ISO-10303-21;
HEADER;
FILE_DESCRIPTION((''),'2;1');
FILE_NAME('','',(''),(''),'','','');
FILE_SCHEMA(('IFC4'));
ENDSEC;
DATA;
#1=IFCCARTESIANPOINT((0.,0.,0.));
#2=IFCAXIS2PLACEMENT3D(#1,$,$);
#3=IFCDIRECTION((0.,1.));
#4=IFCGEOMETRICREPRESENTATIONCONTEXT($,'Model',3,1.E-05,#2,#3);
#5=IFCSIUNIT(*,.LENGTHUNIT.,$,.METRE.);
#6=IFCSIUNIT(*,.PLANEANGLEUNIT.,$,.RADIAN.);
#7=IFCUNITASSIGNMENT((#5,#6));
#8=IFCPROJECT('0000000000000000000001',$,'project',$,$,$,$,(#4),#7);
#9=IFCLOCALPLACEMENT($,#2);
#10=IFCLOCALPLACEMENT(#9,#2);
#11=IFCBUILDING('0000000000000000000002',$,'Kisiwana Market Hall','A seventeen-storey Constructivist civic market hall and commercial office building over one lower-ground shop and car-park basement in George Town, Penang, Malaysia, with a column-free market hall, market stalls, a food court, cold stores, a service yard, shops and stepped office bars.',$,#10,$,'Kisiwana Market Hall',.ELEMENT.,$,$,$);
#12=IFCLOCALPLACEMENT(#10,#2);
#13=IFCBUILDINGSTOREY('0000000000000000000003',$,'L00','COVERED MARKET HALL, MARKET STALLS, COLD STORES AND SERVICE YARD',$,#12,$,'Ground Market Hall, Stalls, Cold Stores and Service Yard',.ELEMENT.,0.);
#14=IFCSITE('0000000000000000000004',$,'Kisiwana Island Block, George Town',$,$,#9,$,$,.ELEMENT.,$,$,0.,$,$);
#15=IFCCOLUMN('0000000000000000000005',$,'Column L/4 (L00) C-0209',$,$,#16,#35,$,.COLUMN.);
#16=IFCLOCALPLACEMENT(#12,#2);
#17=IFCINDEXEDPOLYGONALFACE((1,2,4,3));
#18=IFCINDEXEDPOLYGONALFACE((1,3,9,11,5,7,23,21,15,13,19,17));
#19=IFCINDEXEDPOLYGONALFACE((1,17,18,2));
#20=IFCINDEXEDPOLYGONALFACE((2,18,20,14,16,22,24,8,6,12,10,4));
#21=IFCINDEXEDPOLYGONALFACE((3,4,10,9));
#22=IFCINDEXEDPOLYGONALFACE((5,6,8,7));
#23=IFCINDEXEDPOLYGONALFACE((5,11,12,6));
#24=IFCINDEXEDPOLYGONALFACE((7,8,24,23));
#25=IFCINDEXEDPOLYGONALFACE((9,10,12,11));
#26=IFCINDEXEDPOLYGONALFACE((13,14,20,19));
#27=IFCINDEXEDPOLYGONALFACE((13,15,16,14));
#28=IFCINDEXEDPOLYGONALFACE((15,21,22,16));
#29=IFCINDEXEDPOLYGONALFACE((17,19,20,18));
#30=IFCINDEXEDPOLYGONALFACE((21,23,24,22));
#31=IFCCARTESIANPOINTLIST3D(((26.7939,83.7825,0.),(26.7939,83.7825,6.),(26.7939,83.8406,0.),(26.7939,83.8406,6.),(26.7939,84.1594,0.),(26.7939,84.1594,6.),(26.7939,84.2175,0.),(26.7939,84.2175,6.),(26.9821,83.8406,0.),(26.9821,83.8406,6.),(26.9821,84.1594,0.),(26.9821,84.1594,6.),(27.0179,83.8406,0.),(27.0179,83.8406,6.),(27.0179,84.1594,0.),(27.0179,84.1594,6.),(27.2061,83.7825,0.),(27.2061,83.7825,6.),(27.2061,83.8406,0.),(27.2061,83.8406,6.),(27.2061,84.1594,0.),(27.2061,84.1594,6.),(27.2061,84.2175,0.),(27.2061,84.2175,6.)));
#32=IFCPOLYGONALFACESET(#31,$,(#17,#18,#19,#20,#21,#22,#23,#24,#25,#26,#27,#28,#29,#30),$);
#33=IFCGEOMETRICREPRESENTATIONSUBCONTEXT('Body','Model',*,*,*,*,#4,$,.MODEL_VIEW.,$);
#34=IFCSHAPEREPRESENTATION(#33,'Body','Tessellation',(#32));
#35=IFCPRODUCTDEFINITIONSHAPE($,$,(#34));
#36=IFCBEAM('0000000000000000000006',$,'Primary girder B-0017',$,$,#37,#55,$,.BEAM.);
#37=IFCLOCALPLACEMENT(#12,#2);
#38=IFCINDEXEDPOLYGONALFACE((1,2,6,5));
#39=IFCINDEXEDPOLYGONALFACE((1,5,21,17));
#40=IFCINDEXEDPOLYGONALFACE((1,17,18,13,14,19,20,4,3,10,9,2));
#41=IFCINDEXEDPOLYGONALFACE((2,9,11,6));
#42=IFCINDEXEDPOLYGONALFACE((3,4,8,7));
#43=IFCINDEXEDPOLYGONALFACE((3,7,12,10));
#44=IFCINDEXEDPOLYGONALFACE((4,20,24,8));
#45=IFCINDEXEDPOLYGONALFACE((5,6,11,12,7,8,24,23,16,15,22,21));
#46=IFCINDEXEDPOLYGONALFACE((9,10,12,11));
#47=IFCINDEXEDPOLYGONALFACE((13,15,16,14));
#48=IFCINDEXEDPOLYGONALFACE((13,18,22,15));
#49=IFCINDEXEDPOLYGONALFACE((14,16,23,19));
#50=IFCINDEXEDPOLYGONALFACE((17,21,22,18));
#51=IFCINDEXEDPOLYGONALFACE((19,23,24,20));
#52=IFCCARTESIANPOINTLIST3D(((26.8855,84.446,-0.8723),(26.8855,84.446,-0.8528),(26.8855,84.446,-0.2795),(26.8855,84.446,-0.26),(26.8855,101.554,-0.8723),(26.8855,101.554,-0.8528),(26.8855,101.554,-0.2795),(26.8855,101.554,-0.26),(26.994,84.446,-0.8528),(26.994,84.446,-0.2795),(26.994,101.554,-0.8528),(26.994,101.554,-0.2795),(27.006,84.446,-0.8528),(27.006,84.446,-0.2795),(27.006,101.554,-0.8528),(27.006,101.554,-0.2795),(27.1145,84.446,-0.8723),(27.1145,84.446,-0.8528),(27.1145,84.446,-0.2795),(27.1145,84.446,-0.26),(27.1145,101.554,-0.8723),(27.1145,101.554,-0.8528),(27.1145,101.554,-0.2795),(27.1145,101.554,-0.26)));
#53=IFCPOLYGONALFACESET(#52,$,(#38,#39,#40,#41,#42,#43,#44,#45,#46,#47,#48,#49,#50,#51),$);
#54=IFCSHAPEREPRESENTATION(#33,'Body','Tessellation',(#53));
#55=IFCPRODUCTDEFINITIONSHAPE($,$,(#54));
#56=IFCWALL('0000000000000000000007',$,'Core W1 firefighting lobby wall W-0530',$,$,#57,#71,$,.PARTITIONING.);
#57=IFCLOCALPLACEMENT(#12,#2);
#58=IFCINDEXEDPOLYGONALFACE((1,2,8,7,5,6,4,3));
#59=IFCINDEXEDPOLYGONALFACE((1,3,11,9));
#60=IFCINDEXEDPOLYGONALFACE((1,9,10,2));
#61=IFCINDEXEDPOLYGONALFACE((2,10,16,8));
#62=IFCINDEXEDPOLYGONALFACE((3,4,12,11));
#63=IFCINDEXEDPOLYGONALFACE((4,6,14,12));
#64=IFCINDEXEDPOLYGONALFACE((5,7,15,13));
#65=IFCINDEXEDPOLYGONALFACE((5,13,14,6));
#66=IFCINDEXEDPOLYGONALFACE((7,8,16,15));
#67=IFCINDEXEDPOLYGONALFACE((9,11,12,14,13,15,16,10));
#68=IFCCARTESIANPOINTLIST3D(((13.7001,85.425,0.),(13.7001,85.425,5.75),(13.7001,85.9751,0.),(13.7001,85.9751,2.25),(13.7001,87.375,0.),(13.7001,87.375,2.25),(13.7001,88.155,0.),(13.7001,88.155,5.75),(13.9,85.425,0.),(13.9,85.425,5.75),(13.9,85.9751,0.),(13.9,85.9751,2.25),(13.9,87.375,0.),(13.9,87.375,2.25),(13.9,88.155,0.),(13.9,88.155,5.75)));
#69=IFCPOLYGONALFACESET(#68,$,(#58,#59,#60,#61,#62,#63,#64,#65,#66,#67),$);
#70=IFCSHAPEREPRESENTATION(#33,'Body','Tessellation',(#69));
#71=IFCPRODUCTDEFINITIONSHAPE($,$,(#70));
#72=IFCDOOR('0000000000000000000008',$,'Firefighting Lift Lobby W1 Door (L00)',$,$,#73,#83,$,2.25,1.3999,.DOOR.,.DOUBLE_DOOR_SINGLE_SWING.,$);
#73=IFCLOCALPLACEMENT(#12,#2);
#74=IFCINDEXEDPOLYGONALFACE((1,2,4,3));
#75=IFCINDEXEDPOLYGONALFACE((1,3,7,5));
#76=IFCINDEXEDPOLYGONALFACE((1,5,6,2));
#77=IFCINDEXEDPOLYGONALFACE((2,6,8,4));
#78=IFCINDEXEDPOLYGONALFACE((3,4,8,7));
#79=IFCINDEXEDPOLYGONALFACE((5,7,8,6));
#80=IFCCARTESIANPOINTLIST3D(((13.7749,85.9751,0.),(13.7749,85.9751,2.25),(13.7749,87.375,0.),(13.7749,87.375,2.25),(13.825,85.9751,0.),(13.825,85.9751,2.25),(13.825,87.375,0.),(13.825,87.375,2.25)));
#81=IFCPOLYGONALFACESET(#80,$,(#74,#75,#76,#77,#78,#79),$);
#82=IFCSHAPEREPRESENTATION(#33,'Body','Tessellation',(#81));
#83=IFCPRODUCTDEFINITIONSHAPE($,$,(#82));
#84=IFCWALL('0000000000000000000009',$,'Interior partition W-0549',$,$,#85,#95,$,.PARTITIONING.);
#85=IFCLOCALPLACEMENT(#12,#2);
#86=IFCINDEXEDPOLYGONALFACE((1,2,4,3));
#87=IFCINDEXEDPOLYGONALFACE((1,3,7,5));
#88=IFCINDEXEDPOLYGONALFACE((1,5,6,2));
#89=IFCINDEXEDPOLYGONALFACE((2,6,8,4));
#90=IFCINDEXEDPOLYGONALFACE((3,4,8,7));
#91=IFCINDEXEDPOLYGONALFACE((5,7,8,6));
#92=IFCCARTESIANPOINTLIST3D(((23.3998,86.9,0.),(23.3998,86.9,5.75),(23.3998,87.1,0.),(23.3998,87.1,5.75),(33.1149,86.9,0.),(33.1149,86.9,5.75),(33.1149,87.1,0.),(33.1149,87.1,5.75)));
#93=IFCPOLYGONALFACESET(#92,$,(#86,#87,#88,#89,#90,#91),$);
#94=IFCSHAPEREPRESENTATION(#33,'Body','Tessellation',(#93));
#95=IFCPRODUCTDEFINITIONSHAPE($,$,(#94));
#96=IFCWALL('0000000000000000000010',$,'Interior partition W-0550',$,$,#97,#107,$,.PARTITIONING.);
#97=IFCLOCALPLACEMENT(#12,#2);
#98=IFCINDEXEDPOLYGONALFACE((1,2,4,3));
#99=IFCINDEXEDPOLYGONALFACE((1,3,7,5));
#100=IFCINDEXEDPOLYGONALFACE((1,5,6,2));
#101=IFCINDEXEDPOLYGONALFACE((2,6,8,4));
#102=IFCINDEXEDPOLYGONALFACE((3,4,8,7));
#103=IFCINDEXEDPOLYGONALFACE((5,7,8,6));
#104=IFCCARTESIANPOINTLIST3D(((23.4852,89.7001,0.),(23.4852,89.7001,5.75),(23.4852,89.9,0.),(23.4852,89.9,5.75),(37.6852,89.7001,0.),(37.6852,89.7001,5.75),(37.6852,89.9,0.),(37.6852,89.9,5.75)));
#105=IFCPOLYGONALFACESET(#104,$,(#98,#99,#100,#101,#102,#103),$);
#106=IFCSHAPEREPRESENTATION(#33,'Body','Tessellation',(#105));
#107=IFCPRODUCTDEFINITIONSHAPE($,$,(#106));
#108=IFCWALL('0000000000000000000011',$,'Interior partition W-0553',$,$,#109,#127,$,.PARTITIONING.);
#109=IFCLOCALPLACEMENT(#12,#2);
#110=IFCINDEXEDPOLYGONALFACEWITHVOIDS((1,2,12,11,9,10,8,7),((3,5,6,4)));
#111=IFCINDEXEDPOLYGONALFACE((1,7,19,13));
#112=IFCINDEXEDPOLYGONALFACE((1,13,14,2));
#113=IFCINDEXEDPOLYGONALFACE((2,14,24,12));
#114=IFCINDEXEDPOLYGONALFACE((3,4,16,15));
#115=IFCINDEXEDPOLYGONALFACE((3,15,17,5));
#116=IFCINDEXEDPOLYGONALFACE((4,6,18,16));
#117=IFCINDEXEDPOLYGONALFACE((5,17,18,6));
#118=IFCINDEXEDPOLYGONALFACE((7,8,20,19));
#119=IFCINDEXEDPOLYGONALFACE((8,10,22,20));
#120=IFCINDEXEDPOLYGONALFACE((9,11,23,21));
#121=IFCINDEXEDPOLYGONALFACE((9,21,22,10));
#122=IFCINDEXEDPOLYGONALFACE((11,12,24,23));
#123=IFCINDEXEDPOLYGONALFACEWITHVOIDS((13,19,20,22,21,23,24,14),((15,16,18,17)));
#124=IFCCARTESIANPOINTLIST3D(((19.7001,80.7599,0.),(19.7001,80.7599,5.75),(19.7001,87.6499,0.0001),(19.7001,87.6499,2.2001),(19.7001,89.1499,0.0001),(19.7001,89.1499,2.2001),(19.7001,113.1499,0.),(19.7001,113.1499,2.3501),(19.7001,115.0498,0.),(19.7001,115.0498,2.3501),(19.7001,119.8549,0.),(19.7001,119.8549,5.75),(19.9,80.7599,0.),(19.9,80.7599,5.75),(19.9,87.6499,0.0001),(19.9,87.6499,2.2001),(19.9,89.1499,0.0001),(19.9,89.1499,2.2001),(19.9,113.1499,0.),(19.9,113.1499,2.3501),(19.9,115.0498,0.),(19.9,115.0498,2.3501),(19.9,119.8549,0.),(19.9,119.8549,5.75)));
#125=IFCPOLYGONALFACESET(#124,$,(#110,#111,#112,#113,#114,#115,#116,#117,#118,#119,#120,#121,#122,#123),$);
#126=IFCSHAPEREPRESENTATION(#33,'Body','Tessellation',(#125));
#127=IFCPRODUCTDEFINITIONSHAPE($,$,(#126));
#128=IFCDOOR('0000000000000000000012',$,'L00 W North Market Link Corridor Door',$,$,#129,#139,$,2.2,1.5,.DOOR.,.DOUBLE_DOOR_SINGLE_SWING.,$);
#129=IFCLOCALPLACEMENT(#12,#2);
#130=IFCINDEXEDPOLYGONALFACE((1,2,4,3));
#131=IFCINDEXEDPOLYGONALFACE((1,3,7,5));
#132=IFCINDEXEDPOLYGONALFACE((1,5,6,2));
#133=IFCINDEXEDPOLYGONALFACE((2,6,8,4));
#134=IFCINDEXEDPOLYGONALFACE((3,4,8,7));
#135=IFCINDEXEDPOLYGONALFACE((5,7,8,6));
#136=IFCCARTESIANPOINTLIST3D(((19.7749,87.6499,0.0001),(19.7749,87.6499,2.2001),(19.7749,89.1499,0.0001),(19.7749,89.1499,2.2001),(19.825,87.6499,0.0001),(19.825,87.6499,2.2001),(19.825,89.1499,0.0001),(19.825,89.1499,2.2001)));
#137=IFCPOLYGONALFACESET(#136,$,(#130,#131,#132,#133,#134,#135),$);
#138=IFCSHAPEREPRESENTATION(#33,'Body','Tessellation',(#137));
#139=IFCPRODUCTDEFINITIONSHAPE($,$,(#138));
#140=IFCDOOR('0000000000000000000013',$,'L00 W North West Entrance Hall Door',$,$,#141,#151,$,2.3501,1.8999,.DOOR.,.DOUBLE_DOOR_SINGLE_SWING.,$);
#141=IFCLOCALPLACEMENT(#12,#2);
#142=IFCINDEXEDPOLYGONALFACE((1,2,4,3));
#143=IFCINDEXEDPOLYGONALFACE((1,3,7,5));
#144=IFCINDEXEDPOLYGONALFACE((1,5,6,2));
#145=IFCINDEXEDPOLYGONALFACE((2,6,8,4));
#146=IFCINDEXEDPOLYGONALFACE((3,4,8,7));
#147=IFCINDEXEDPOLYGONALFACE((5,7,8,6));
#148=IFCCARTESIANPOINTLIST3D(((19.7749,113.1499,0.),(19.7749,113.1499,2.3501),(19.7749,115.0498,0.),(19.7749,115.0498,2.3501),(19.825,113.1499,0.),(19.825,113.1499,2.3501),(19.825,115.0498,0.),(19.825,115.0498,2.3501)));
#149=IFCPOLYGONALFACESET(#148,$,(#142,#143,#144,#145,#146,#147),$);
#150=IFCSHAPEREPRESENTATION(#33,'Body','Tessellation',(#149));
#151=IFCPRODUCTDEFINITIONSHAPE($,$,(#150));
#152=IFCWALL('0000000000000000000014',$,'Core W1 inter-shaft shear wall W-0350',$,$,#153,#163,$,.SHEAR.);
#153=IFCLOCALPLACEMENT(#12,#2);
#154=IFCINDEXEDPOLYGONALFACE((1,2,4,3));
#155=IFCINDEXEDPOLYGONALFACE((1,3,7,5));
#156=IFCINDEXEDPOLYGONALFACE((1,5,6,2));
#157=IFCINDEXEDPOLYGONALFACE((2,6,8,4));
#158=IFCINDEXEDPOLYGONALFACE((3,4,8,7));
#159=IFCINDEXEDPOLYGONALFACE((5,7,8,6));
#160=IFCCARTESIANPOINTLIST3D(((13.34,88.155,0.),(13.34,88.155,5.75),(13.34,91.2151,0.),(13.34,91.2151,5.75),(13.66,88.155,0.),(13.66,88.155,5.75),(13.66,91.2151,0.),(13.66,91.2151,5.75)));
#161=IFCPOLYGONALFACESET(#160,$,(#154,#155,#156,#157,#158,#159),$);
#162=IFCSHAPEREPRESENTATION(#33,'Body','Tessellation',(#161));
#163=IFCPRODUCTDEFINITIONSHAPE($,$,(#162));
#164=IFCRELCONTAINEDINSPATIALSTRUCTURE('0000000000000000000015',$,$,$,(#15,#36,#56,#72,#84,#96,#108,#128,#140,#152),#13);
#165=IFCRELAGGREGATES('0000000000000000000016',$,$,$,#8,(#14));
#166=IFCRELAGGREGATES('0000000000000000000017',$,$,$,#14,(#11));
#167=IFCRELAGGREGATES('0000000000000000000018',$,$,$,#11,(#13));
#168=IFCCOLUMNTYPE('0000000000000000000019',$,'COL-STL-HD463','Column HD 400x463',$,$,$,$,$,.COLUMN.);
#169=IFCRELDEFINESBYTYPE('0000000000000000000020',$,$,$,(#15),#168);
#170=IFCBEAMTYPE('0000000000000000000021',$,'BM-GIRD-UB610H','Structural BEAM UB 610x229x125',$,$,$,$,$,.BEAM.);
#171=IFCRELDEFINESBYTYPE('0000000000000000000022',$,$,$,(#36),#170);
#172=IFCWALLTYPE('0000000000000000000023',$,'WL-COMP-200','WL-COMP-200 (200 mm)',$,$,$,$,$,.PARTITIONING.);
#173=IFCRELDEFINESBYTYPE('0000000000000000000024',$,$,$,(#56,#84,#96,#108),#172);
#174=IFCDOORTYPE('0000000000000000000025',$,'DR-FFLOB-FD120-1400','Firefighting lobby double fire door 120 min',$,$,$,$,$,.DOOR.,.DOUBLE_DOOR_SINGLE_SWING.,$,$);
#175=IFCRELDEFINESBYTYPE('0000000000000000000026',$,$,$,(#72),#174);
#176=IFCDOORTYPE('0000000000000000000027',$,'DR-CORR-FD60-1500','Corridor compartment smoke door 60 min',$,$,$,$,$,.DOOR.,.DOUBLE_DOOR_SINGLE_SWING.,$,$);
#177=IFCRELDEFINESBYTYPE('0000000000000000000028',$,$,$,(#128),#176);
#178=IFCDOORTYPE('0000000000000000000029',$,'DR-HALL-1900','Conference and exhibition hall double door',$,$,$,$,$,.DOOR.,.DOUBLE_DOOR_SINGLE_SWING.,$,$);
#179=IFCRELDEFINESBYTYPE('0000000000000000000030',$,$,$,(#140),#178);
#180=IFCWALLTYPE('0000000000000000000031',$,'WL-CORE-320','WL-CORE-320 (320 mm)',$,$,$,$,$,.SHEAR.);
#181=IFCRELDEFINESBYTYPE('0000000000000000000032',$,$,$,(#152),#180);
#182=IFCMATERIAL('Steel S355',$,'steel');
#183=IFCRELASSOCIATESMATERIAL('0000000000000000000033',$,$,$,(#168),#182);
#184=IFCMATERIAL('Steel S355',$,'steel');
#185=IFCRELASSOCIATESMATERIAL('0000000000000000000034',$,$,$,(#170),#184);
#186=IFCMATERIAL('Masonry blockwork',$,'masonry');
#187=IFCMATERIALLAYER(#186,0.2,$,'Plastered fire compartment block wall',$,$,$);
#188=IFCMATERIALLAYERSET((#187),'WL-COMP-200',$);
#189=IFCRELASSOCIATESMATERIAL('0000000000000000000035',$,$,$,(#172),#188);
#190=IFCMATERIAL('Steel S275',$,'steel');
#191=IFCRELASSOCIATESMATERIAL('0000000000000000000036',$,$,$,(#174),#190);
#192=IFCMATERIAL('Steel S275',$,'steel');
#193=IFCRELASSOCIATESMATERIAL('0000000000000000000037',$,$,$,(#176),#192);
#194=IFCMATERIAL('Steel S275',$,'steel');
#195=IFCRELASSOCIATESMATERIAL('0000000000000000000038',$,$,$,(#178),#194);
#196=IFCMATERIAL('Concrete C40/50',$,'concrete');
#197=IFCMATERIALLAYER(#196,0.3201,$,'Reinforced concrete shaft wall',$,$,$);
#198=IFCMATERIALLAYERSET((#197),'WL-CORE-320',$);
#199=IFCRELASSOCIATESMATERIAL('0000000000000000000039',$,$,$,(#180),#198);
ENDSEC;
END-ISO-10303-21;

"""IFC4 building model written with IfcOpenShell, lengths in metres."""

from ifc_helpers import new_model, si_unit, direction, frame, frame_2d, origin, origin_2d, place, context, subcontext, project, spatial, rectangle, i_section, extrude, material, layer, layer_set, material_profile, profile_set, type_object, element, fill, save


model = new_model("IFC4")

# Units and contexts
model_context = context("Model", 3, precision=1e-05, world=origin(), true_north=direction((0.0, 1.0)))
body_context = subcontext(model_context, "Body", "Model", "MODEL_VIEW")
ifc_project = project(units=[si_unit("LENGTHUNIT", "METRE"), si_unit("PLANEANGLEUNIT", "RADIAN")], contexts=[model_context])

# Site, building, storey
site_placement = place(None, origin())
site = spatial("IfcSite", under=ifc_project, at=site_placement, Name="Kisiwana Island Block, George Town", CompositionType="ELEMENT", RefElevation=0.0)
building_placement = place(site_placement, origin())
building = spatial("IfcBuilding", under=site, at=building_placement, Name="Kisiwana Market Hall", Description="A seventeen-storey Constructivist civic market hall and commercial office building over one lower-ground shop and car-park basement in George Town, Penang, Malaysia, with a column-free market hall, market stalls, a food court, cold stores, a service yard, shops and stepped office bars.", LongName="Kisiwana Market Hall", CompositionType="ELEMENT")
storey_placement = place(building_placement, origin())
storey = spatial("IfcBuildingStorey", under=building, at=storey_placement, Name="L00", Description="COVERED MARKET HALL, MARKET STALLS, COLD STORES AND SERVICE YARD", LongName="Ground Market Hall, Stalls, Cold Stores and Service Yard", CompositionType="ELEMENT", Elevation=0.0)

# Column
ifc_material_1 = material(Name="Steel S355", Category="steel")
ifc_material_profile_1 = material_profile(ifc_material_1, i_section(OverallWidth=0.4121, OverallDepth=0.4351, WebThickness=0.0359, FlangeThickness=0.0581, at=origin_2d()), Name="HD 400x463")
ifc_profile_set_1 = profile_set([ifc_material_profile_1], Name="Steel S355")
column_type = type_object("IfcColumnType", Name="COL-STL-HD463", Description="Column HD 400x463", PredefinedType="COLUMN", material=ifc_profile_set_1)
column_placement = place(storey_placement, frame((27.0, 84.0, 0.0), z_axis=(0.0, 0.0, 1.0), x_axis=(1.0, 0.0, 0.0)))
element("IfcColumn", 1, at=column_placement, inside=storey, type_object=column_type, Name="Column L/4 (L00) C-0209", PredefinedType="COLUMN", context=body_context, shape_type="SweptSolid", body=[
    extrude(i_section(OverallWidth=0.4121, OverallDepth=0.4351, WebThickness=0.0359, FlangeThickness=0.0581, at=origin_2d()), origin(), (0.0, 0.0, 1.0), 6.0),
])

# Beam
ifc_material_2 = material(Name="Steel S355", Category="steel")
ifc_material_profile_2 = material_profile(ifc_material_2, i_section(OverallWidth=0.229, OverallDepth=0.6123, WebThickness=0.012, FlangeThickness=0.0195, at=origin_2d()), Name="UB 610x229x125")
ifc_profile_set_2 = profile_set([ifc_material_profile_2], Name="Steel S355")
beam_type = type_object("IfcBeamType", Name="BM-GIRD-UB610H", Description="Structural BEAM UB 610x229x125", PredefinedType="BEAM", material=ifc_profile_set_2)
beam_placement = place(storey_placement, frame((27.0, 84.446, -0.5662), z_axis=(0.0, 1.0, 0.0), x_axis=(-1.0, 0.0, 0.0)))
element("IfcBeam", 2, at=beam_placement, inside=storey, type_object=beam_type, Name="Primary girder B-0017", PredefinedType="BEAM", context=body_context, shape_type="SweptSolid", body=[
    extrude(i_section(OverallWidth=0.229, OverallDepth=0.6123, WebThickness=0.012, FlangeThickness=0.0195, at=origin_2d()), origin(), (0.0, 0.0, 1.0), 17.1079),
])

# Wall, opening, door
ifc_material_3 = material(Name="Masonry blockwork", Category="masonry")
ifc_layer_1 = layer(ifc_material_3, 0.2, Name="Plastered fire compartment block wall")
ifc_layer_set_1 = layer_set([ifc_layer_1], Name="WL-COMP-200")
wall_type_1 = type_object("IfcWallType", Name="WL-COMP-200", Description="WL-COMP-200 (200 mm)", PredefinedType="PARTITIONING", material=ifc_layer_set_1)
wall_1_placement = place(storey_placement, frame((13.8, 85.425, 0.0), z_axis=(0.0, 0.0, 1.0), x_axis=(0.0, 1.0, 0.0)))
wall_1 = element("IfcWall", 3, at=wall_1_placement, inside=storey, type_object=wall_type_1, Name="Core W1 firefighting lobby wall W-0530", PredefinedType="PARTITIONING", context=body_context, shape_type="SweptSolid", body=[
    extrude(rectangle(XDim=2.73, YDim=0.2, at=frame_2d((1.365, 0.0))), origin(), (0.0, 0.0, 1.0), 5.75),
])
opening_1_placement = place(wall_1_placement, frame((0.55, 0.0, 0.0)))
opening_1 = element("IfcOpeningElement", 4, at=opening_1_placement, cuts=wall_1, PredefinedType="OPENING", context=body_context, shape_type="SweptSolid", body=[
    extrude(rectangle(XDim=1.3999, YDim=2.25, at=frame_2d((0.7, 1.125))), frame((0.0, 0.1118, 0.0), z_axis=(0.0, -1.0, 0.0), x_axis=(1.0, 0.0, 0.0)), (0.0, 0.0, 1.0), 0.2239),
])
ifc_material_4 = material(Name="Steel S275", Category="steel")
door_type_1 = type_object("IfcDoorType", Name="DR-FFLOB-FD120-1400", Description="Firefighting lobby double fire door 120 min", OperationType="DOUBLE_DOOR_SINGLE_SWING", PredefinedType="DOOR", material=ifc_material_4)
door_1_placement = place(opening_1_placement, frame((1.3999, 0.0, 0.0), z_axis=(0.0, 0.0, 1.0), x_axis=(-1.0, 0.0, 0.0)))
door_1 = element("IfcDoor", 5, at=door_1_placement, inside=storey, type_object=door_type_1, Name="Firefighting Lift Lobby W1 Door (L00)", OperationType="DOUBLE_DOOR_SINGLE_SWING", OverallHeight=2.25, OverallWidth=1.3999, PredefinedType="DOOR", context=body_context, shape_type="SweptSolid", body=[
    extrude(rectangle(XDim=1.3999, YDim=2.25, at=frame_2d((0.7, 1.125))), frame((0.0, 0.0249, 0.0), z_axis=(0.0, -1.0, 0.0), x_axis=(1.0, 0.0, 0.0)), (0.0, 0.0, 1.0), 0.05),
])
fill(opening_1, door_1)

# Walls
wall_2_placement = place(storey_placement, frame((23.3999, 87.0, 0.0), z_axis=(0.0, 0.0, 1.0), x_axis=(1.0, 0.0, 0.0)))
element("IfcWall", 6, at=wall_2_placement, inside=storey, type_object=wall_type_1, Name="Interior partition W-0549", PredefinedType="PARTITIONING", context=body_context, shape_type="SweptSolid", body=[
    extrude(rectangle(XDim=9.7151, YDim=0.2, at=frame_2d((4.8574, 0.0))), origin(), (0.0, 0.0, 1.0), 5.75),
])
wall_3_placement = place(storey_placement, frame((23.4851, 89.8, 0.0), z_axis=(0.0, 0.0, 1.0), x_axis=(1.0, 0.0, 0.0)))
element("IfcWall", 7, at=wall_3_placement, inside=storey, type_object=wall_type_1, Name="Interior partition W-0550", PredefinedType="PARTITIONING", context=body_context, shape_type="SweptSolid", body=[
    extrude(rectangle(XDim=14.2, YDim=0.2, at=frame_2d((7.1001, 0.0))), origin(), (0.0, 0.0, 1.0), 5.75),
])

# Wall, openings, doors
wall_4_placement = place(storey_placement, frame((19.8, 80.76, 0.0), z_axis=(0.0, 0.0, 1.0), x_axis=(0.0, 1.0, 0.0)))
wall_4 = element("IfcWall", 8, at=wall_4_placement, inside=storey, type_object=wall_type_1, Name="Interior partition W-0553", PredefinedType="PARTITIONING", context=body_context, shape_type="SweptSolid", body=[
    extrude(rectangle(XDim=39.095, YDim=0.2, at=frame_2d((19.5474, 0.0))), origin(), (0.0, 0.0, 1.0), 5.75),
])
opening_2_placement = place(wall_4_placement, frame((6.8899, 0.0, 0.0)))
opening_2 = element("IfcOpeningElement", 9, at=opening_2_placement, cuts=wall_4, PredefinedType="OPENING", context=body_context, shape_type="SweptSolid", body=[
    extrude(rectangle(XDim=1.5, YDim=2.2, at=frame_2d((0.75, 1.1001))), frame((0.0, 0.1118, 0.0), z_axis=(0.0, -1.0, 0.0), x_axis=(1.0, 0.0, 0.0)), (0.0, 0.0, 1.0), 0.2239),
])
opening_3_placement = place(wall_4_placement, frame((32.3899, 0.0, 0.0)))
opening_3 = element("IfcOpeningElement", 10, at=opening_3_placement, cuts=wall_4, PredefinedType="OPENING", context=body_context, shape_type="SweptSolid", body=[
    extrude(rectangle(XDim=1.8999, YDim=2.3501, at=frame_2d((0.95, 1.175))), frame((0.0, 0.1118, 0.0), z_axis=(0.0, -1.0, 0.0), x_axis=(1.0, 0.0, 0.0)), (0.0, 0.0, 1.0), 0.2239),
])
ifc_material_5 = material(Name="Steel S275", Category="steel")
door_type_2 = type_object("IfcDoorType", Name="DR-CORR-FD60-1500", Description="Corridor compartment smoke door 60 min", OperationType="DOUBLE_DOOR_SINGLE_SWING", PredefinedType="DOOR", material=ifc_material_5)
door_2_placement = place(opening_2_placement, frame((1.5, 0.0, 0.0), z_axis=(0.0, 0.0, 1.0), x_axis=(-1.0, 0.0, 0.0)))
door_2 = element("IfcDoor", 11, at=door_2_placement, inside=storey, type_object=door_type_2, Name="L00 W North Market Link Corridor Door", OperationType="DOUBLE_DOOR_SINGLE_SWING", OverallHeight=2.2, OverallWidth=1.5, PredefinedType="DOOR", context=body_context, shape_type="SweptSolid", body=[
    extrude(rectangle(XDim=1.5, YDim=2.2, at=frame_2d((0.75, 1.1001))), frame((0.0, 0.0249, 0.0), z_axis=(0.0, -1.0, 0.0), x_axis=(1.0, 0.0, 0.0)), (0.0, 0.0, 1.0), 0.05),
])
fill(opening_2, door_2)
ifc_material_6 = material(Name="Steel S275", Category="steel")
door_type_3 = type_object("IfcDoorType", Name="DR-HALL-1900", Description="Conference and exhibition hall double door", OperationType="DOUBLE_DOOR_SINGLE_SWING", PredefinedType="DOOR", material=ifc_material_6)
door_3_placement = place(opening_3_placement, frame((1.8999, 0.0, 0.0), z_axis=(0.0, 0.0, 1.0), x_axis=(-1.0, 0.0, 0.0)))
door_3 = element("IfcDoor", 12, at=door_3_placement, inside=storey, type_object=door_type_3, Name="L00 W North West Entrance Hall Door", OperationType="DOUBLE_DOOR_SINGLE_SWING", OverallHeight=2.3501, OverallWidth=1.8999, PredefinedType="DOOR", context=body_context, shape_type="SweptSolid", body=[
    extrude(rectangle(XDim=1.8999, YDim=2.3501, at=frame_2d((0.95, 1.175))), frame((0.0, 0.0249, 0.0), z_axis=(0.0, -1.0, 0.0), x_axis=(1.0, 0.0, 0.0)), (0.0, 0.0, 1.0), 0.05),
])
fill(opening_3, door_3)

# Wall
ifc_material_7 = material(Name="Concrete C40/50", Category="concrete")
ifc_layer_2 = layer(ifc_material_7, 0.3201, Name="Reinforced concrete shaft wall")
ifc_layer_set_2 = layer_set([ifc_layer_2], Name="WL-CORE-320")
wall_type_2 = type_object("IfcWallType", Name="WL-CORE-320", Description="WL-CORE-320 (320 mm)", PredefinedType="SHEAR", material=ifc_layer_set_2)
wall_5_placement = place(storey_placement, frame((13.5, 88.155, 0.0), z_axis=(0.0, 0.0, 1.0), x_axis=(0.0, 1.0, 0.0)))
element("IfcWall", 13, at=wall_5_placement, inside=storey, type_object=wall_type_2, Name="Core W1 inter-shaft shear wall W-0350", PredefinedType="SHEAR", context=body_context, shape_type="SweptSolid", body=[
    extrude(rectangle(XDim=3.0601, YDim=0.3201, at=frame_2d((1.53, 0.0))), origin(), (0.0, 0.0, 1.0), 5.75),
])

save(model, "model.ifc")
